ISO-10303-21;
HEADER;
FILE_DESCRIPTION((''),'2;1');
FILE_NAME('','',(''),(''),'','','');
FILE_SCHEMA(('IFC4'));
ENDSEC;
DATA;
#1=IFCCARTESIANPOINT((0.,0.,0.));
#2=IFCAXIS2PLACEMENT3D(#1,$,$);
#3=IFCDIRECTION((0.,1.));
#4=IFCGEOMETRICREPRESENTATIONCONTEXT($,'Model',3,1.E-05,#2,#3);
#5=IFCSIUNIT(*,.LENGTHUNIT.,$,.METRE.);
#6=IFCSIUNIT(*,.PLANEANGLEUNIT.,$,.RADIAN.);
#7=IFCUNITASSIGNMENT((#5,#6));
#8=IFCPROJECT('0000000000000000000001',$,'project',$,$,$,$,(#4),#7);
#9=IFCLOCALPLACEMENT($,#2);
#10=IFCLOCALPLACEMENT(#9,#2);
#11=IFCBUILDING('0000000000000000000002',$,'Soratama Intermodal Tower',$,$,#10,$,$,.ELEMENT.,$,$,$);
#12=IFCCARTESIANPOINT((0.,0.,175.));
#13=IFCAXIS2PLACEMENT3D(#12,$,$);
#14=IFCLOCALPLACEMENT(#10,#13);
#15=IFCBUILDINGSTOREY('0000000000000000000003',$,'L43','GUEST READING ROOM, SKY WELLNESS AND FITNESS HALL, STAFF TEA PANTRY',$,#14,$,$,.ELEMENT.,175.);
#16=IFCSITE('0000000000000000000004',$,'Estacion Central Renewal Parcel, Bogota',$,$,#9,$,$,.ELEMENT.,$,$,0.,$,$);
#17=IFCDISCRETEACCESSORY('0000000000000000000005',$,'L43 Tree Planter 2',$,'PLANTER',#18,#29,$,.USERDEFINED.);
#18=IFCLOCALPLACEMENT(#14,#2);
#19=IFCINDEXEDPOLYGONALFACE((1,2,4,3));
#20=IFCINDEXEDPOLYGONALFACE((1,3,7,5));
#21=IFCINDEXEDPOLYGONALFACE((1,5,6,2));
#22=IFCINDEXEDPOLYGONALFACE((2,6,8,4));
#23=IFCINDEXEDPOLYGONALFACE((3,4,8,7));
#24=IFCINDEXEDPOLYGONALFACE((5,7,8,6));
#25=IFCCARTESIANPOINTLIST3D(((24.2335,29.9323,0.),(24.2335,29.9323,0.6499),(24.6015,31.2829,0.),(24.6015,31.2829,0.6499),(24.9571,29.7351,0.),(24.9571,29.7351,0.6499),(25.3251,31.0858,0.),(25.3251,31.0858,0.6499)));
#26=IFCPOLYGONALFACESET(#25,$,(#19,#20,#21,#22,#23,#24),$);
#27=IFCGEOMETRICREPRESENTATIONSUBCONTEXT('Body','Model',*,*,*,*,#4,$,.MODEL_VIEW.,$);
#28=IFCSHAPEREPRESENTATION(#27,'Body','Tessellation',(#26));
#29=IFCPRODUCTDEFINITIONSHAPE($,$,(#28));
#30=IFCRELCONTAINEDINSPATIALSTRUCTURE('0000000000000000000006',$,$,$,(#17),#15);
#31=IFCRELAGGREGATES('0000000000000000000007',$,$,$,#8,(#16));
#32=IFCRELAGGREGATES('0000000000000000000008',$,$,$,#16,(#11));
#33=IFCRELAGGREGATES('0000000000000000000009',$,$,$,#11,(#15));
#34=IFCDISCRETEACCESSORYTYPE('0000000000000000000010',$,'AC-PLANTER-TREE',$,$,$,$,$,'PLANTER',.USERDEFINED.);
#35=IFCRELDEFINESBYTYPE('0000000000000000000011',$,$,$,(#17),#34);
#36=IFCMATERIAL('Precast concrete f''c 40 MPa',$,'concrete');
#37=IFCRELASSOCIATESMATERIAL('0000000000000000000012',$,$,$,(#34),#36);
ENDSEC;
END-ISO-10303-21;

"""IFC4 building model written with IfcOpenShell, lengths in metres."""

from ifc_helpers import new_model, si_unit, direction, frame, origin, origin_2d, place, context, subcontext, project, spatial, rectangle, extrude, material, type_object, element, save


model = new_model("IFC4")

# Units and contexts
model_context = context("Model", 3, precision=1e-05, world=origin(), true_north=direction((0.0, 1.0)))
body_context = subcontext(model_context, "Body", "Model", "MODEL_VIEW")
ifc_project = project(units=[si_unit("LENGTHUNIT", "METRE"), si_unit("PLANEANGLEUNIT", "RADIAN")], contexts=[model_context])

# Site, building, storey
site_placement = place(None, origin())
site = spatial("IfcSite", under=ifc_project, at=site_placement, Name="Estacion Central Renewal Parcel, Bogota", CompositionType="ELEMENT", RefElevation=0.0)
building_placement = place(site_placement, origin())
building = spatial("IfcBuilding", under=site, at=building_placement, Name="Soratama Intermodal Tower", CompositionType="ELEMENT")
storey_placement = place(building_placement, frame((0.0, 0.0, 175.0)))
storey = spatial("IfcBuildingStorey", under=building, at=storey_placement, Name="L43", Description="GUEST READING ROOM, SKY WELLNESS AND FITNESS HALL, STAFF TEA PANTRY", CompositionType="ELEMENT", Elevation=175.0)

# Discrete accessory
ifc_material_1 = material(Name="Precast concrete f'c 40 MPa", Category="concrete")
discrete_accessory_type = type_object("IfcDiscreteAccessoryType", Name="AC-PLANTER-TREE", ElementType="PLANTER", PredefinedType="USERDEFINED", material=ifc_material_1)
discrete_accessory_placement = place(storey_placement, frame((24.7793, 30.509, 0.0), z_axis=(0.0, 0.0, 1.0), x_axis=(-0.964833, 0.262863, 0.0)))
element("IfcDiscreteAccessory", 1, at=discrete_accessory_placement, inside=storey, type_object=discrete_accessory_type, Name="L43 Tree Planter 2", ObjectType="PLANTER", PredefinedType="USERDEFINED", context=body_context, shape_type="SweptSolid", body=[
    extrude(rectangle(XDim=0.75, YDim=1.3999, at=origin_2d()), origin(), (0.0, 0.0, 1.0), 0.6499),
])

save(model, "model.ifc")
